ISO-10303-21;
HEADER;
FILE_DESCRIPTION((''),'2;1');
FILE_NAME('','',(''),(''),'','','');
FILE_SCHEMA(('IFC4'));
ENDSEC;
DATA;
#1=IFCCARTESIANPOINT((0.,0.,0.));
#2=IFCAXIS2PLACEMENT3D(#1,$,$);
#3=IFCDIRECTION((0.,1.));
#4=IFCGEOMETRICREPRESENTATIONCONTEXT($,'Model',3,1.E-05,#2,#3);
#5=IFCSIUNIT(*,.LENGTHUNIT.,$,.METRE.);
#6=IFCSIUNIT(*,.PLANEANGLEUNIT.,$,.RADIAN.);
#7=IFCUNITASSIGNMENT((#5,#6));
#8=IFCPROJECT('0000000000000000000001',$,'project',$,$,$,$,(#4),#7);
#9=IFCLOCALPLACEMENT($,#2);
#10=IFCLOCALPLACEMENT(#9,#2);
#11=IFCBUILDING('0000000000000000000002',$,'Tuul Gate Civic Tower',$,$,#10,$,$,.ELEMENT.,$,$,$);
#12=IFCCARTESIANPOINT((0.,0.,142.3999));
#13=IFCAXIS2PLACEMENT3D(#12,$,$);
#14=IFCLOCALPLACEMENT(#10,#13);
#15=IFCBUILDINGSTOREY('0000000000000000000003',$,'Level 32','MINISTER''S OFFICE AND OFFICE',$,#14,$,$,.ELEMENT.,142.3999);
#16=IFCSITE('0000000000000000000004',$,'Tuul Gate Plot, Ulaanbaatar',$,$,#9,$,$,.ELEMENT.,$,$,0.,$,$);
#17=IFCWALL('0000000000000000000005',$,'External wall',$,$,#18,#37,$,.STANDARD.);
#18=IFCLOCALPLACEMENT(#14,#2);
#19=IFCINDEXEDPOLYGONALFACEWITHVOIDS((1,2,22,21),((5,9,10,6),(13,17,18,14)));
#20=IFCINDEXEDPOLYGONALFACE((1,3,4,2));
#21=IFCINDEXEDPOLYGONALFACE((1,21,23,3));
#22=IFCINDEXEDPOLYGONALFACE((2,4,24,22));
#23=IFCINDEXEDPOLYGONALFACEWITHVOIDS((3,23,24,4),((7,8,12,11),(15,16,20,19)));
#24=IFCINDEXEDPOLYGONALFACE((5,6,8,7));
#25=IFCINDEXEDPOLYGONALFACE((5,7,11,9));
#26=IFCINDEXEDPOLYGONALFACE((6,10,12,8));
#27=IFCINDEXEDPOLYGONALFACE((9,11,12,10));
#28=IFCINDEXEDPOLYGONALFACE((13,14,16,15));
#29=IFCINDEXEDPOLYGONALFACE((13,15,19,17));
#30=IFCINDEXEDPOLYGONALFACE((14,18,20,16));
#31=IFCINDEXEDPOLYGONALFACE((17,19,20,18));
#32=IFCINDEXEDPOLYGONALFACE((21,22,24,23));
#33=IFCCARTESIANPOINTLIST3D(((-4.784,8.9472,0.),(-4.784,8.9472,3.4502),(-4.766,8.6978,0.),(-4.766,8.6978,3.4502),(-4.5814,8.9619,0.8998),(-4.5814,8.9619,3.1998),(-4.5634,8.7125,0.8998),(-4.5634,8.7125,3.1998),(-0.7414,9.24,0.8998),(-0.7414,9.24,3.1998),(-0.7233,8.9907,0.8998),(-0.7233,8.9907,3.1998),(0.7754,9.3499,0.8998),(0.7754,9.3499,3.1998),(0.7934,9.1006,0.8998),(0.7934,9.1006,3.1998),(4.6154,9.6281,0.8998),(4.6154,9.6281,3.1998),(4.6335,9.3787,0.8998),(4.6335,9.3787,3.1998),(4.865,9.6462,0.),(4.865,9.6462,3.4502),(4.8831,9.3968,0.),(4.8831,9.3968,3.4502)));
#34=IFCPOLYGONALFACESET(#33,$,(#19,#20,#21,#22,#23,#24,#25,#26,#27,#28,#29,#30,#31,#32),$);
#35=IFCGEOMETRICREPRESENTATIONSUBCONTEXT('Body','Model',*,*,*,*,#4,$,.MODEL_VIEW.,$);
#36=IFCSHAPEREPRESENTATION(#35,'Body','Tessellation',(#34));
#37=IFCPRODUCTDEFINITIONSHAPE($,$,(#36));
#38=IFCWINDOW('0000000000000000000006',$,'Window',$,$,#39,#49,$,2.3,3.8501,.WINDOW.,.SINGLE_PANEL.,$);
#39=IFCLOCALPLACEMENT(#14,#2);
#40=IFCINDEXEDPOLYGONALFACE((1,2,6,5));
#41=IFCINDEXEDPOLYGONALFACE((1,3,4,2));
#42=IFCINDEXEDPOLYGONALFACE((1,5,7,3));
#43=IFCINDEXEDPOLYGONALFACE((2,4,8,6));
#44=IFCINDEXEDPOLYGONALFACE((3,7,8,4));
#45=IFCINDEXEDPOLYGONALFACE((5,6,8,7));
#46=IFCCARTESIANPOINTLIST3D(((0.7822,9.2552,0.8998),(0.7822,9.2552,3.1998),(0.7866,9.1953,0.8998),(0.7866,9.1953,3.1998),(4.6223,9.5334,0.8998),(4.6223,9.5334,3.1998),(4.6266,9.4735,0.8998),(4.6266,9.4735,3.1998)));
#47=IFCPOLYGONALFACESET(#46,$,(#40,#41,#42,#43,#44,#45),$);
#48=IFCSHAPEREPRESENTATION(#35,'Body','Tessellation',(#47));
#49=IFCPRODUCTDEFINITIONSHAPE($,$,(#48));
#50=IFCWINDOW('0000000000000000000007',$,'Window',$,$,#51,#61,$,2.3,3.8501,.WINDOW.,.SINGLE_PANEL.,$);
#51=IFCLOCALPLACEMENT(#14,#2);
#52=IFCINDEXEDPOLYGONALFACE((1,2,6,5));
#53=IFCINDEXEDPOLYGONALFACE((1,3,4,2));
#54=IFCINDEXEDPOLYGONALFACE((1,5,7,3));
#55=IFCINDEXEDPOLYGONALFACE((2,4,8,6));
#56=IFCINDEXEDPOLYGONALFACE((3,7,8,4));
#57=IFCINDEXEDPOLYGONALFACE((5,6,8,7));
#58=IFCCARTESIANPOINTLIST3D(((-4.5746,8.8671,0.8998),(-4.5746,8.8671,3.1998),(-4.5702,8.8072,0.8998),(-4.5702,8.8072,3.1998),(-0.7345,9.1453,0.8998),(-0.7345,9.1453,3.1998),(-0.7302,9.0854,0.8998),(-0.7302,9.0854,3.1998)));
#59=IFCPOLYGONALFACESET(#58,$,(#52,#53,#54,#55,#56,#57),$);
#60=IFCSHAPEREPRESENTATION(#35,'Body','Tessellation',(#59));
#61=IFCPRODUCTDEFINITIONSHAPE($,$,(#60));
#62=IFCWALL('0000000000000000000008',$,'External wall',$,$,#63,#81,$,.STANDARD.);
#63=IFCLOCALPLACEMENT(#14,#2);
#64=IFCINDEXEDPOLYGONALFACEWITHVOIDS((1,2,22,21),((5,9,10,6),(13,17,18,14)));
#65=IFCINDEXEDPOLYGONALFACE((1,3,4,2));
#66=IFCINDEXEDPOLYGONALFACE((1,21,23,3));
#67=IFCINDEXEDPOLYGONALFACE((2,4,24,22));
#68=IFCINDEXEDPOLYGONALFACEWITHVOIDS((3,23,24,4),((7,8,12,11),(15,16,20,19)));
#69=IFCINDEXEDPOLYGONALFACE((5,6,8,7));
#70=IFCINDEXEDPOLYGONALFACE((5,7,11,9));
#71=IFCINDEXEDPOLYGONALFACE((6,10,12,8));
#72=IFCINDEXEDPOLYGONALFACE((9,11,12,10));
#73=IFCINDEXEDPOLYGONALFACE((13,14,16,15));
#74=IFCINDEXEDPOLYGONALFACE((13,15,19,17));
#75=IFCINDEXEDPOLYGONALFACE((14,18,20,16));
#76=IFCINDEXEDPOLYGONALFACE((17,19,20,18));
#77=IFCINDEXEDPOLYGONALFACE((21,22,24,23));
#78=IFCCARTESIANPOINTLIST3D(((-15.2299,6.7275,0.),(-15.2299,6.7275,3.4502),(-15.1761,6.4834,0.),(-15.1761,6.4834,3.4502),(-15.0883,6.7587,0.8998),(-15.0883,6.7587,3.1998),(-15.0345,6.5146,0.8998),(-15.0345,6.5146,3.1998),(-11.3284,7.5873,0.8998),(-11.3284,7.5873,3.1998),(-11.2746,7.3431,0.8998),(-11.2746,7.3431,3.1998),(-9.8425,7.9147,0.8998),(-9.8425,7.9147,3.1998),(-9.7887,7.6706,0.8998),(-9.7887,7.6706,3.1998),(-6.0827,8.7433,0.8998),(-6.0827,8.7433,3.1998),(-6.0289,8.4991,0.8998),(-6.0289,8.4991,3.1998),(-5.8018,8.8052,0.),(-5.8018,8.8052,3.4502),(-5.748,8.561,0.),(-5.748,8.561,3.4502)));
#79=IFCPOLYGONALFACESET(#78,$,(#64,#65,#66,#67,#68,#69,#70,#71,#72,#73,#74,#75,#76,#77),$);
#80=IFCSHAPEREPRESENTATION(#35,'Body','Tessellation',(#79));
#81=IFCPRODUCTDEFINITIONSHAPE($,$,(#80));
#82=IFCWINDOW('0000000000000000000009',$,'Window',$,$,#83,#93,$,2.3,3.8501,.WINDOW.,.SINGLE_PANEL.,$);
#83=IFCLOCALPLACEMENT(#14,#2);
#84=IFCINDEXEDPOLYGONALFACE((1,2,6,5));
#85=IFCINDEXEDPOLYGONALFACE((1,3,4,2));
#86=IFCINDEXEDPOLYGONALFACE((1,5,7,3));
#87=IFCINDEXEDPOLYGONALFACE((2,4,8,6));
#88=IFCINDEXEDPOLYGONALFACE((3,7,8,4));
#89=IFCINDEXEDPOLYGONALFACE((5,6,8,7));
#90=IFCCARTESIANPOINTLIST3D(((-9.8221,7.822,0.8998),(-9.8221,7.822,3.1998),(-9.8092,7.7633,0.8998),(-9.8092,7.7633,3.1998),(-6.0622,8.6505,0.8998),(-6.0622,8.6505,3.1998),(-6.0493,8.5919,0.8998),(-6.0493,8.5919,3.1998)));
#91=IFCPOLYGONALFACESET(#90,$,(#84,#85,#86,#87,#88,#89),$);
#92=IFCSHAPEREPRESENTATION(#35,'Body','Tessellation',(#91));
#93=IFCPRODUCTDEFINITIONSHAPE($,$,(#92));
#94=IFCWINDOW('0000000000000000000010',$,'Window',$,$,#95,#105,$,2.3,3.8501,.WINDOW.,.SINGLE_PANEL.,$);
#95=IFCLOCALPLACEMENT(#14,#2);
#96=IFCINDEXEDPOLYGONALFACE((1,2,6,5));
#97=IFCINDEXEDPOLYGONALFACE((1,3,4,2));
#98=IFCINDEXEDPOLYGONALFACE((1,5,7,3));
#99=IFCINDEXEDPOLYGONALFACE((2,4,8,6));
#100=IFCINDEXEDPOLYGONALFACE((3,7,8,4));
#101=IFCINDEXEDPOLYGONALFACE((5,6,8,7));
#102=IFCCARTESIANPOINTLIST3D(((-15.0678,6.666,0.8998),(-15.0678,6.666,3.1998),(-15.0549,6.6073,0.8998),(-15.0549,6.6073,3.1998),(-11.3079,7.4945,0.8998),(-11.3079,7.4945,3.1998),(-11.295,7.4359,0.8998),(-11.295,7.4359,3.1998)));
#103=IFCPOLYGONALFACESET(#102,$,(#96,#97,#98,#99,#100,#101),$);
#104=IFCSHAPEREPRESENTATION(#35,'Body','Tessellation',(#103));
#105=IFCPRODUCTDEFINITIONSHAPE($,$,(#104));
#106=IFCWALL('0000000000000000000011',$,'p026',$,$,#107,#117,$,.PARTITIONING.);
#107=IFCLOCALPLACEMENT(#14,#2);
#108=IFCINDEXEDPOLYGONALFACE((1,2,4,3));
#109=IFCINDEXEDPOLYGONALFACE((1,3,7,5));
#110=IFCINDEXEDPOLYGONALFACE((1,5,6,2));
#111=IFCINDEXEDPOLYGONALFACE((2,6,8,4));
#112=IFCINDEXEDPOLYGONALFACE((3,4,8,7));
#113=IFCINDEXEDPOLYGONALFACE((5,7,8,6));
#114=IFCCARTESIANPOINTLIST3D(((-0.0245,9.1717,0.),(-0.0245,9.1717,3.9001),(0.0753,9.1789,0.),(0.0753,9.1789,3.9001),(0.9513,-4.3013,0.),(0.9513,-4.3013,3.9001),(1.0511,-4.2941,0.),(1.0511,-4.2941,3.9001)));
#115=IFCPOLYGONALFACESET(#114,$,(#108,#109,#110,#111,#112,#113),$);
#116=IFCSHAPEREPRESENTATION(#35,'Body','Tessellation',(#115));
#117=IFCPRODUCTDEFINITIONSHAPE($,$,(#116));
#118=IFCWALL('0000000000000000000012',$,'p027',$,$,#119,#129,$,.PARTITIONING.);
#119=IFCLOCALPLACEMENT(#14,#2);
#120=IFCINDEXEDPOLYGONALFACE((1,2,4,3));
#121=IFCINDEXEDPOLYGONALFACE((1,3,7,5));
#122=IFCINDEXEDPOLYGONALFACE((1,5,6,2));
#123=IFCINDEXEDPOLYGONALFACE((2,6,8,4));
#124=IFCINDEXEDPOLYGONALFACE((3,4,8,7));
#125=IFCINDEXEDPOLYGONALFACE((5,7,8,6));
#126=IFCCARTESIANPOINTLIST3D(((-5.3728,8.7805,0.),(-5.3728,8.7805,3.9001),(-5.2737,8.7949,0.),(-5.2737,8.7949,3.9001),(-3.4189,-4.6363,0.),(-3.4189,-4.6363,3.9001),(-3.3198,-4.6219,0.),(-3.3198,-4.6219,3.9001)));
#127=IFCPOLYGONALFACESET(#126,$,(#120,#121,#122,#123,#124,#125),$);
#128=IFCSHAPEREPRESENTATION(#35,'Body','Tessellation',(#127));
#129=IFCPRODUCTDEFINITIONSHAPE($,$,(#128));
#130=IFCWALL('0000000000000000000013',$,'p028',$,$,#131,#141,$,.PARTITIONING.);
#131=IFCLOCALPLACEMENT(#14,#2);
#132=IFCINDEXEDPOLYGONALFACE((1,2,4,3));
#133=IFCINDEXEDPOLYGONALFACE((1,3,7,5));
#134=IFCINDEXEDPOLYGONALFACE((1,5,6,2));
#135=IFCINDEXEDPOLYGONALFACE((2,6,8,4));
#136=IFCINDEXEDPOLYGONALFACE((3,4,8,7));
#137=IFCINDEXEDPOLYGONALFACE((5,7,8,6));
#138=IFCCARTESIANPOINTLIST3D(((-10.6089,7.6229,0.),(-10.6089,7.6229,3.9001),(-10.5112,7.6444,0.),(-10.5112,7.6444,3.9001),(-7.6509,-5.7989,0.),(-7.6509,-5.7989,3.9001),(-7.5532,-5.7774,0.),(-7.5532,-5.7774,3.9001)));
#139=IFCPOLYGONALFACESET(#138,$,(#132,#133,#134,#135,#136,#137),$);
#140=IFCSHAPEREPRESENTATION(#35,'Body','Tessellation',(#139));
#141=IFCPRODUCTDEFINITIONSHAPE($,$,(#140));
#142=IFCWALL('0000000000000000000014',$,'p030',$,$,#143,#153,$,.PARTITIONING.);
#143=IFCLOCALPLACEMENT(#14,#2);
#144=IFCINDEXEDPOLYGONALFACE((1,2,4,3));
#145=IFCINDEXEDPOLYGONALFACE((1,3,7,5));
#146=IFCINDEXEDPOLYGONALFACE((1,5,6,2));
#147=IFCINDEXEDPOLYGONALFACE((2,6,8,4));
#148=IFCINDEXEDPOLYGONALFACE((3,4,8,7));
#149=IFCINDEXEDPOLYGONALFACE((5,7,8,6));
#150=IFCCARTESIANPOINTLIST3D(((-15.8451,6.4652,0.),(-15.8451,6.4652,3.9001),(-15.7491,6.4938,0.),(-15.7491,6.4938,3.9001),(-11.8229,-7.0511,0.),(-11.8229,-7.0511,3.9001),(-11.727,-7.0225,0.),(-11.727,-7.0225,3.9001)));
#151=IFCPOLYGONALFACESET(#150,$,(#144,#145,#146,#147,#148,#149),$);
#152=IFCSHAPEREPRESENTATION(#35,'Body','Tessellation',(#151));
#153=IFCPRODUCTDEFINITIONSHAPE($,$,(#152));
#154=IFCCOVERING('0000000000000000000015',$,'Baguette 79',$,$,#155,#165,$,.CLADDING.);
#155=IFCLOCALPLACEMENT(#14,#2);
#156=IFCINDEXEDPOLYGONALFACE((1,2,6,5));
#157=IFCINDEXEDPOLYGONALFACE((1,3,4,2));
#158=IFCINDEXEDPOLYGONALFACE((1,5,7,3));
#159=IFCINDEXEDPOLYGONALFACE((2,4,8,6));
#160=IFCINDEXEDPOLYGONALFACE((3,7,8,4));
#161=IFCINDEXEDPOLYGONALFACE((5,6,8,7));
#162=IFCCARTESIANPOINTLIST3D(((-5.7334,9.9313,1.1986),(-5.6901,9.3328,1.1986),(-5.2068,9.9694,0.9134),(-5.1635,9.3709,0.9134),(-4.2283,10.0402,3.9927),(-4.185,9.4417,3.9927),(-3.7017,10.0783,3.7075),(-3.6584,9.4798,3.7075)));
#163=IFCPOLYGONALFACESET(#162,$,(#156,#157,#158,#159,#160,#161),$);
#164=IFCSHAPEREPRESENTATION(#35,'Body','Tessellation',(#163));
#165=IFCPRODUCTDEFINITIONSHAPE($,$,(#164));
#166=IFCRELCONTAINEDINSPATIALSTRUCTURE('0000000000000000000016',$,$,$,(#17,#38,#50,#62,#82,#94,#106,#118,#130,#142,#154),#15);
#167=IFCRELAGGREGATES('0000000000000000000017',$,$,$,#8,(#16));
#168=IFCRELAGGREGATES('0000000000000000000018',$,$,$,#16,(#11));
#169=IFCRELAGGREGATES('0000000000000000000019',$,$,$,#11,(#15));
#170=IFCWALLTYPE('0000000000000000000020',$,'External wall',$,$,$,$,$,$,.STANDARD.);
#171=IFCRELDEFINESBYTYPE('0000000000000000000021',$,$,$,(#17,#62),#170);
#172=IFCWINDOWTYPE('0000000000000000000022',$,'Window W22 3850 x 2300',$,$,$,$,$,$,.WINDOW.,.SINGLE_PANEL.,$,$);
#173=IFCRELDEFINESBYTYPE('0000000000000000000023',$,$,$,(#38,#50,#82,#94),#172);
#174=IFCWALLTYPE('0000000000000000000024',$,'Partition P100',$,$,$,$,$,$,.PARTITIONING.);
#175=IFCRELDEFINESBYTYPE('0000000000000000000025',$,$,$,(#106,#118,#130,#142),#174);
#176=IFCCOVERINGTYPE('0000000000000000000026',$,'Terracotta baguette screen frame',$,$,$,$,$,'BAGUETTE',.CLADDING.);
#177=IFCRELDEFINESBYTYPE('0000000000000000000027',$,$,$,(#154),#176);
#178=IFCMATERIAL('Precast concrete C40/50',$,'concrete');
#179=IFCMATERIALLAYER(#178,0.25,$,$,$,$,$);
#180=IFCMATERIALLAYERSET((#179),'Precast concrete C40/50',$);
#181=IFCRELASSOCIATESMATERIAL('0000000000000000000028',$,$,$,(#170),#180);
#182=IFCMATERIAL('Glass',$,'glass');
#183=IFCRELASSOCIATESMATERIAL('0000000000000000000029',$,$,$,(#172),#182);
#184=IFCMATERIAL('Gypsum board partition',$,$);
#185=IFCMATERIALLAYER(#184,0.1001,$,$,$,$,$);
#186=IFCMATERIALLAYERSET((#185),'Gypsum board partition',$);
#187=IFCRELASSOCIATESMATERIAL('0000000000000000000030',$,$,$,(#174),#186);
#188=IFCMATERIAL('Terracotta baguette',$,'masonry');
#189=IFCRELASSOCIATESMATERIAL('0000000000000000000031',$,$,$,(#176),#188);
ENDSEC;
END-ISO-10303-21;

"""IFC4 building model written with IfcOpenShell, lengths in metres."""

from ifc_helpers import new_model, si_unit, direction, frame, frame_2d, origin, origin_2d, place, context, subcontext, project, spatial, rectangle, extrude, material, layer, layer_set, material_profile, profile_set, type_object, element, fill, save


model = new_model("IFC4")

# Units and contexts
model_context = context("Model", 3, precision=1e-05, world=origin(), true_north=direction((0.0, 1.0)))
body_context = subcontext(model_context, "Body", "Model", "MODEL_VIEW")
ifc_project = project(units=[si_unit("LENGTHUNIT", "METRE"), si_unit("PLANEANGLEUNIT", "RADIAN")], contexts=[model_context])

# Site, building, storey
site_placement = place(None, origin())
site = spatial("IfcSite", under=ifc_project, at=site_placement, Name="Tuul Gate Plot, Ulaanbaatar", CompositionType="ELEMENT", RefElevation=0.0)
building_placement = place(site_placement, origin())
building = spatial("IfcBuilding", under=site, at=building_placement, Name="Tuul Gate Civic Tower", CompositionType="ELEMENT")
storey_placement = place(building_placement, frame((0.0, 0.0, 142.3999)))
storey = spatial("IfcBuildingStorey", under=building, at=storey_placement, Name="Level 32", Description="MINISTER'S OFFICE AND OFFICE", CompositionType="ELEMENT", Elevation=142.3999)

# Walls, openings, windows
ifc_material_1 = material(Name="Precast concrete C40/50", Category="concrete")
ifc_layer_1 = layer(ifc_material_1, 0.25)
ifc_layer_set_1 = layer_set([ifc_layer_1], Name="Precast concrete C40/50")
wall_type_1 = type_object("IfcWallType", Name="External wall", PredefinedType="STANDARD", material=ifc_layer_set_1)
wall_1_placement = place(storey_placement, frame((4.874, 9.5215, 0.0), z_axis=(0.0, 0.0, 1.0), x_axis=(-0.997386, -0.072251, 0.0)))
wall_1 = element("IfcWall", 1, at=wall_1_placement, inside=storey, type_object=wall_type_1, Name="External wall", PredefinedType="STANDARD", context=body_context, shape_type="SweptSolid", body=[
    extrude(rectangle(XDim=9.6743, YDim=0.25, at=frame_2d((4.8372, 0.0))), origin(), (0.0, 0.0, 1.0), 3.4502),
])
opening_1_placement = place(wall_1_placement, frame((0.2502, 0.0, 0.8999)))
opening_1 = element("IfcOpeningElement", 2, at=opening_1_placement, cuts=wall_1, PredefinedType="OPENING", context=body_context, shape_type="SweptSolid", body=[
    extrude(rectangle(XDim=3.8501, YDim=2.3, at=frame_2d((1.925, 1.1499))), frame((0.0, 0.135, 0.0), z_axis=(0.0, -1.0, 0.0), x_axis=(1.0, 0.0, 0.0)), (0.0, 0.0, 1.0), 0.27),
])
opening_2_placement = place(wall_1_placement, frame((5.6211, 0.0, 0.8999)))
opening_2 = element("IfcOpeningElement", 3, at=opening_2_placement, cuts=wall_1, PredefinedType="OPENING", context=body_context, shape_type="SweptSolid", body=[
    extrude(rectangle(XDim=3.8501, YDim=2.3, at=frame_2d((1.925, 1.1499))), frame((0.0, 0.135, 0.0), z_axis=(0.0, -1.0, 0.0), x_axis=(1.0, 0.0, 0.0)), (0.0, 0.0, 1.0), 0.27),
])
ifc_material_2 = material(Name="Glass", Category="glass")
window_type = type_object("IfcWindowType", Name="Window W22 3850 x 2300", PartitioningType="SINGLE_PANEL", PredefinedType="WINDOW", material=ifc_material_2)
window_1_placement = place(opening_1_placement, origin())
window_1 = element("IfcWindow", 4, at=window_1_placement, inside=storey, type_object=window_type, Name="Window", OverallHeight=2.3, OverallWidth=3.8501, PartitioningType="SINGLE_PANEL", PredefinedType="WINDOW", context=body_context, shape_type="SweptSolid", body=[
    extrude(rectangle(XDim=3.8501, YDim=2.3, at=frame_2d((1.925, 1.1499))), frame((0.0, 0.03, 0.0), z_axis=(0.0, -1.0, 0.0), x_axis=(1.0, 0.0, 0.0)), (0.0, 0.0, 1.0), 0.0601),
])
fill(opening_1, window_1)
window_2_placement = place(opening_2_placement, origin())
window_2 = element("IfcWindow", 5, at=window_2_placement, inside=storey, type_object=window_type, Name="Window", OverallHeight=2.3, OverallWidth=3.8501, PartitioningType="SINGLE_PANEL", PredefinedType="WINDOW", context=body_context, shape_type="SweptSolid", body=[
    extrude(rectangle(XDim=3.8501, YDim=2.3, at=frame_2d((1.925, 1.1499))), frame((0.0, 0.03, 0.0), z_axis=(0.0, -1.0, 0.0), x_axis=(1.0, 0.0, 0.0)), (0.0, 0.0, 1.0), 0.0601),
])
fill(opening_2, window_2)
wall_2_placement = place(storey_placement, frame((-5.7749, 8.6831, 0.0), z_axis=(0.0, 0.0, 1.0), x_axis=(-0.976569, -0.215206, 0.0)))
wall_2 = element("IfcWall", 6, at=wall_2_placement, inside=storey, type_object=wall_type_1, Name="External wall", PredefinedType="STANDARD", context=body_context, shape_type="SweptSolid", body=[
    extrude(rectangle(XDim=9.6543, YDim=0.25, at=frame_2d((4.8271, 0.0))), origin(), (0.0, 0.0, 1.0), 3.4502),
])
opening_3_placement = place(wall_2_placement, frame((0.2876, 0.0, 0.8999)))
opening_3 = element("IfcOpeningElement", 7, at=opening_3_placement, cuts=wall_2, PredefinedType="OPENING", context=body_context, shape_type="SweptSolid", body=[
    extrude(rectangle(XDim=3.8501, YDim=2.3, at=frame_2d((1.925, 1.1499))), frame((0.0, 0.135, 0.0), z_axis=(0.0, -1.0, 0.0), x_axis=(1.0, 0.0, 0.0)), (0.0, 0.0, 1.0), 0.27),
])
opening_4_placement = place(wall_2_placement, frame((5.6592, 0.0, 0.8999)))
opening_4 = element("IfcOpeningElement", 8, at=opening_4_placement, cuts=wall_2, PredefinedType="OPENING", context=body_context, shape_type="SweptSolid", body=[
    extrude(rectangle(XDim=3.8501, YDim=2.3, at=frame_2d((1.925, 1.1499))), frame((0.0, 0.135, 0.0), z_axis=(0.0, -1.0, 0.0), x_axis=(1.0, 0.0, 0.0)), (0.0, 0.0, 1.0), 0.27),
])
window_3_placement = place(opening_3_placement, origin())
window_3 = element("IfcWindow", 9, at=window_3_placement, inside=storey, type_object=window_type, Name="Window", OverallHeight=2.3, OverallWidth=3.8501, PartitioningType="SINGLE_PANEL", PredefinedType="WINDOW", context=body_context, shape_type="SweptSolid", body=[
    extrude(rectangle(XDim=3.8501, YDim=2.3, at=frame_2d((1.925, 1.1499))), frame((0.0, 0.03, 0.0), z_axis=(0.0, -1.0, 0.0), x_axis=(1.0, 0.0, 0.0)), (0.0, 0.0, 1.0), 0.0601),
])
fill(opening_3, window_3)
window_4_placement = place(opening_4_placement, origin())
window_4 = element("IfcWindow", 10, at=window_4_placement, inside=storey, type_object=window_type, Name="Window", OverallHeight=2.3, OverallWidth=3.8501, PartitioningType="SINGLE_PANEL", PredefinedType="WINDOW", context=body_context, shape_type="SweptSolid", body=[
    extrude(rectangle(XDim=3.8501, YDim=2.3, at=frame_2d((1.925, 1.1499))), frame((0.0, 0.03, 0.0), z_axis=(0.0, -1.0, 0.0), x_axis=(1.0, 0.0, 0.0)), (0.0, 0.0, 1.0), 0.0601),
])
fill(opening_4, window_4)

# Walls
ifc_material_3 = material(Name="Gypsum board partition")
ifc_layer_2 = layer(ifc_material_3, 0.1001)
ifc_layer_set_2 = layer_set([ifc_layer_2], Name="Gypsum board partition")
wall_type_2 = type_object("IfcWallType", Name="Partition P100", PredefinedType="PARTITIONING", material=ifc_layer_set_2)
wall_3_placement = place(storey_placement, frame((0.0254, 9.1753, 0.0), z_axis=(0.0, 0.0, 1.0), x_axis=(0.07224, -0.997387, 0.0)))
element("IfcWall", 11, at=wall_3_placement, inside=storey, type_object=wall_type_2, Name="p026", PredefinedType="PARTITIONING", context=body_context, shape_type="SweptSolid", body=[
    extrude(rectangle(XDim=13.5083, YDim=0.1001, at=frame_2d((6.7542, 0.0))), origin(), (0.0, 0.0, 1.0), 3.9001),
])
wall_4_placement = place(storey_placement, frame((-5.3232, 8.7878, 0.0), z_axis=(0.0, 0.0, 1.0), x_axis=(0.144108, -0.989562, 0.0)))
element("IfcWall", 12, at=wall_4_placement, inside=storey, type_object=wall_type_2, Name="p027", PredefinedType="PARTITIONING", context=body_context, shape_type="SweptSolid", body=[
    extrude(rectangle(XDim=13.5583, YDim=0.1001, at=frame_2d((6.7793, 0.0))), origin(), (0.0, 0.0, 1.0), 3.9001),
])
wall_5_placement = place(storey_placement, frame((-10.5601, 7.6338, 0.0), z_axis=(0.0, 0.0, 1.0), x_axis=(0.215222, -0.976565, 0.0)))
element("IfcWall", 13, at=wall_5_placement, inside=storey, type_object=wall_type_2, Name="p028", PredefinedType="PARTITIONING", context=body_context, shape_type="SweptSolid", body=[
    extrude(rectangle(XDim=13.7439, YDim=0.1001, at=frame_2d((6.8721, 0.0))), origin(), (0.0, 0.0, 1.0), 3.9001),
])
wall_6_placement = place(storey_placement, frame((-15.7971, 6.4795, 0.0), z_axis=(0.0, 0.0, 1.0), x_axis=(0.28522, -0.958462, 0.0)))
element("IfcWall", 14, at=wall_6_placement, inside=storey, type_object=wall_type_2, Name="p030", PredefinedType="PARTITIONING", context=body_context, shape_type="SweptSolid", body=[
    extrude(rectangle(XDim=14.1021, YDim=0.1001, at=frame_2d((7.051, 0.0))), origin(), (0.0, 0.0, 1.0), 3.9001),
])

# Covering
ifc_material_4 = material(Name="Terracotta baguette", Category="masonry")
ifc_material_profile_1 = material_profile(ifc_material_4, rectangle(XDim=0.6001, YDim=0.6001, at=origin_2d()), Name="Terracotta baguette screen frame")
ifc_profile_set_1 = profile_set([ifc_material_profile_1], Name="Terracotta baguette")
covering_type = type_object("IfcCoveringType", Name="Terracotta baguette screen frame", ElementType="BAGUETTE", PredefinedType="CLADDING", material=ifc_profile_set_1)
covering_1_placement = place(storey_placement, frame((-3.9434, 9.76, 3.8501), z_axis=(-0.473959, -0.034288, -0.879879), x_axis=(0.072155, -0.997393, 0.0)))
element("IfcCovering", 15, at=covering_1_placement, inside=storey, type_object=covering_type, Name="Baguette 79", PredefinedType="CLADDING", context=body_context, shape_type="SweptSolid", body=[
    extrude(rectangle(XDim=0.6001, YDim=0.6001, at=origin_2d()), origin(), (0.0, 0.0, 1.0), 3.1755),
])

save(model, "model.ifc")
